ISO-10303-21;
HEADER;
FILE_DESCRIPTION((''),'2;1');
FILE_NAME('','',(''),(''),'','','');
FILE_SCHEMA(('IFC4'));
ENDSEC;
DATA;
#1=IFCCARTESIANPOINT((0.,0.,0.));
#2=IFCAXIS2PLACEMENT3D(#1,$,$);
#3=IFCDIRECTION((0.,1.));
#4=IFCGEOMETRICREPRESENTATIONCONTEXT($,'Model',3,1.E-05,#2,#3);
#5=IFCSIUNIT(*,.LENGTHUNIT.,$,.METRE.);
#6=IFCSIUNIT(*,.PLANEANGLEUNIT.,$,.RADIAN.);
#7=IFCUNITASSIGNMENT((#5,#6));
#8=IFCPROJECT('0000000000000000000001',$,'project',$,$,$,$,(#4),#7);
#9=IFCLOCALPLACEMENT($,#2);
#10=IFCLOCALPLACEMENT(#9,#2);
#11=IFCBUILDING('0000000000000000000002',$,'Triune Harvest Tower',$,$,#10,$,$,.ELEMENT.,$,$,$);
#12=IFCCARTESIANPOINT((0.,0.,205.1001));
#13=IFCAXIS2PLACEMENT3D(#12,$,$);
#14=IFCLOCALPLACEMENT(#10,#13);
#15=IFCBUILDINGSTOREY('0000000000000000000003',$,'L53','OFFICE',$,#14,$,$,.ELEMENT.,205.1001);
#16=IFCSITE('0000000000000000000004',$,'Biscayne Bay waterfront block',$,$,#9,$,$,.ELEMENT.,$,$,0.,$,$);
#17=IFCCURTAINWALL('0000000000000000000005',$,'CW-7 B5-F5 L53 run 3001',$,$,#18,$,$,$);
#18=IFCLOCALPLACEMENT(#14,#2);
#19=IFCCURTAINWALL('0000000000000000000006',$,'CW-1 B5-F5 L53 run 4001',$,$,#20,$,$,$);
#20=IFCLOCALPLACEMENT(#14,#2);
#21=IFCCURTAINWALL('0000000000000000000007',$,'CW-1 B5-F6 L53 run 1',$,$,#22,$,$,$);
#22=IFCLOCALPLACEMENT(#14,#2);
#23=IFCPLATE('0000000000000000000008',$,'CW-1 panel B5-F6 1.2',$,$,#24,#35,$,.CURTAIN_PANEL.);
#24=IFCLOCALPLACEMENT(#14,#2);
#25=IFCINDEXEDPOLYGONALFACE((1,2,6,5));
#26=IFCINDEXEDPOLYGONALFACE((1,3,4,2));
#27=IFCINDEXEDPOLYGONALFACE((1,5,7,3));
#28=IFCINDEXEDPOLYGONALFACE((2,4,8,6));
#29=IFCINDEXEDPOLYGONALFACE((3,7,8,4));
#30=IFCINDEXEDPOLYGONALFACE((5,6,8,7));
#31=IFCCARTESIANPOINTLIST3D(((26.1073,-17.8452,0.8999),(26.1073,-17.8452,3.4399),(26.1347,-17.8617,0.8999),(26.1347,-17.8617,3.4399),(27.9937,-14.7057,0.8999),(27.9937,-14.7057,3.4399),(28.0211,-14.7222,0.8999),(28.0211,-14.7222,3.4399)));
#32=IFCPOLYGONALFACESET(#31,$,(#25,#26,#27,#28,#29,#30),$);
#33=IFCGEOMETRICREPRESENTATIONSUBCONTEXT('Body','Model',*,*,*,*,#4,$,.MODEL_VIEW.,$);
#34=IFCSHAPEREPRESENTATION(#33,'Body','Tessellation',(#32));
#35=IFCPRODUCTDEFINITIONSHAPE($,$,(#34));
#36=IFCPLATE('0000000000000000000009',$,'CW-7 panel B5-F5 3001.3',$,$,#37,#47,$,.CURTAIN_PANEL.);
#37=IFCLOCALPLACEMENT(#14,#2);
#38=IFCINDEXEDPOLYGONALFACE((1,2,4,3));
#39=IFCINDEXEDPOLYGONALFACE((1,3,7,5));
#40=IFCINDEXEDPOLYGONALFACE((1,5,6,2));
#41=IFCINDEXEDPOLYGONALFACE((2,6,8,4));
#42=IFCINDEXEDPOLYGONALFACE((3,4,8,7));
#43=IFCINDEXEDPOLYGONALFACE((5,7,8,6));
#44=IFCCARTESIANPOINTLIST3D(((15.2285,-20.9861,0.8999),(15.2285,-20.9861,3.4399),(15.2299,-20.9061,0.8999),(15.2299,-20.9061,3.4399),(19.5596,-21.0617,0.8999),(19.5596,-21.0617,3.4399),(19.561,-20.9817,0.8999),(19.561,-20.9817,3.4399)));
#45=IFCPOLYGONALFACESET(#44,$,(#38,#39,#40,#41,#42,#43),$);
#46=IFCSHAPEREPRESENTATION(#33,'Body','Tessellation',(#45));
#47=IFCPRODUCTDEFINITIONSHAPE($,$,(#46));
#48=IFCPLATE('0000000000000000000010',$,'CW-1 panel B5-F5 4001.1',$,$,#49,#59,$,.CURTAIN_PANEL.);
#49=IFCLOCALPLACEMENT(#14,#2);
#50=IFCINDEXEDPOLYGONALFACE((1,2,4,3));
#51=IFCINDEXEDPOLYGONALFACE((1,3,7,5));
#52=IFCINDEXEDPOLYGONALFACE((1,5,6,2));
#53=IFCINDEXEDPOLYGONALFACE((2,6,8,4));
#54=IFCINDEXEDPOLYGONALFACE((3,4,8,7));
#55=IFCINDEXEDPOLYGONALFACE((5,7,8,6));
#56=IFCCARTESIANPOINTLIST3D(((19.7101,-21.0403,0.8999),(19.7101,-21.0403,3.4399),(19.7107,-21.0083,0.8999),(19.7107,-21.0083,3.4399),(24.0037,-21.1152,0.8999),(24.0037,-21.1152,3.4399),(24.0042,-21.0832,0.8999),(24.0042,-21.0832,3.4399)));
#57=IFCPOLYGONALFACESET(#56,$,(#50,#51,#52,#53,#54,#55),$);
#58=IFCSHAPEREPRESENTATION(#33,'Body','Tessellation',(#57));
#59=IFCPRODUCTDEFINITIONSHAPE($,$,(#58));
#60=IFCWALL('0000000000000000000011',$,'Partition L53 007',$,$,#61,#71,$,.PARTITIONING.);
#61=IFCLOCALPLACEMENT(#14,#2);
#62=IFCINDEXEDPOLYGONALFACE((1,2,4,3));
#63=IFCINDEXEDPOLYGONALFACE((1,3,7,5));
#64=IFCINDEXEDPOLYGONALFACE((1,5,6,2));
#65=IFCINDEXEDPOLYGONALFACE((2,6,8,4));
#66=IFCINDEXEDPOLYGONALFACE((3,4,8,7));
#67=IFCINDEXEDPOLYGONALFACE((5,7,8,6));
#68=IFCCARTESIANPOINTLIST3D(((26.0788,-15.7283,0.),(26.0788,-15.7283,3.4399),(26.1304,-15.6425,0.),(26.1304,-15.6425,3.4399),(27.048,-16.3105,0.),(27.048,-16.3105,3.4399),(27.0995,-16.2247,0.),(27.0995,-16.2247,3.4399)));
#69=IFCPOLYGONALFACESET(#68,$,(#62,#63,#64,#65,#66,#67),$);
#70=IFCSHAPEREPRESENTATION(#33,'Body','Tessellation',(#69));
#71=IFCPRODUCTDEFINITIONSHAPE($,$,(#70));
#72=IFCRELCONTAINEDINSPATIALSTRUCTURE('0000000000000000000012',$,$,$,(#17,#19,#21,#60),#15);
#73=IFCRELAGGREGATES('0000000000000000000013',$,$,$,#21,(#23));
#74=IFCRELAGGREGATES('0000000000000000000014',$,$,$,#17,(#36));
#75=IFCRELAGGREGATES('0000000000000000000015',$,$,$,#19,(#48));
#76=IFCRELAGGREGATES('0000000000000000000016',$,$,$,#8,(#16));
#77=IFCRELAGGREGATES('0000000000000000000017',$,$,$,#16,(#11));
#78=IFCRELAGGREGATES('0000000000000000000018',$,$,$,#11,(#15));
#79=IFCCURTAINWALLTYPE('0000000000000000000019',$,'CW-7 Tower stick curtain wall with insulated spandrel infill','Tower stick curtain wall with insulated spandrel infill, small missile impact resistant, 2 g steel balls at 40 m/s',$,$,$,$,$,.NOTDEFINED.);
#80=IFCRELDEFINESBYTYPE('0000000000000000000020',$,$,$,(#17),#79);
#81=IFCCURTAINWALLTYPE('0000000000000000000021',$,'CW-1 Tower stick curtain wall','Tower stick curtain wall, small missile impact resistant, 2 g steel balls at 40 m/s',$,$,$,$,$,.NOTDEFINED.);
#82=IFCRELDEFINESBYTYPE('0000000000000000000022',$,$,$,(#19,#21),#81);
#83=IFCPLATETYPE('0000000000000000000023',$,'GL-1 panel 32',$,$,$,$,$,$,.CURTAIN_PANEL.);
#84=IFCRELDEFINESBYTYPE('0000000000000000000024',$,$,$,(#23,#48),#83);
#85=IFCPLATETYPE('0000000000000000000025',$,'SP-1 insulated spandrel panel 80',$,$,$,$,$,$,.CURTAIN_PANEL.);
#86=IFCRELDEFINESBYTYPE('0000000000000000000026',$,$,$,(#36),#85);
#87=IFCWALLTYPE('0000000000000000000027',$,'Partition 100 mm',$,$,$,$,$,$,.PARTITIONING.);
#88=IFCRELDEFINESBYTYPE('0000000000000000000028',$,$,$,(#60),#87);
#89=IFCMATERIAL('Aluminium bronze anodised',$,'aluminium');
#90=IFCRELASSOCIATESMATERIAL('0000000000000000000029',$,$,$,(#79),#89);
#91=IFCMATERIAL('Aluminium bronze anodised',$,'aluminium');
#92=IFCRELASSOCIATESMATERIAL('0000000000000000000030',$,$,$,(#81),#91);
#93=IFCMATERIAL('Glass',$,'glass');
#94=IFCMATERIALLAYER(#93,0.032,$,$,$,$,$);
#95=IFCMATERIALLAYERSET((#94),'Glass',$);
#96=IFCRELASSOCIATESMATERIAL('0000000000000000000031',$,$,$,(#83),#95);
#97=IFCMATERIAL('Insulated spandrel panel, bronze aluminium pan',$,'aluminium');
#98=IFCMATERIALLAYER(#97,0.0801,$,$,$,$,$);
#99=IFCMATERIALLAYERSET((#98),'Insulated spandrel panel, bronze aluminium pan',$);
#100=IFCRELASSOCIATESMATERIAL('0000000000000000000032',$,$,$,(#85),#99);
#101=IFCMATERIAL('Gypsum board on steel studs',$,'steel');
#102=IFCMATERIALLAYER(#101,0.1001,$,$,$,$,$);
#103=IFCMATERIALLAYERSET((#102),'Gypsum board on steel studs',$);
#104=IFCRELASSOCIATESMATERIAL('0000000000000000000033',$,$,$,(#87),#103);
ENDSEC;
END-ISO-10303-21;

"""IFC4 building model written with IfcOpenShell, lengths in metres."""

from ifc_helpers import new_model, si_unit, direction, frame, frame_2d, origin, origin_2d, place, context, subcontext, project, spatial, rectangle, extrude, source, transform, mapped, material, layer, layer_set, type_object, element, aggregate, save


model = new_model("IFC4")

# Units and contexts
model_context = context("Model", 3, precision=1e-05, world=origin(), true_north=direction((0.0, 1.0)))
body_context = subcontext(model_context, "Body", "Model", "MODEL_VIEW")
ifc_project = project(units=[si_unit("LENGTHUNIT", "METRE"), si_unit("PLANEANGLEUNIT", "RADIAN")], contexts=[model_context])

# Site, building, storey
site_placement = place(None, origin())
site = spatial("IfcSite", under=ifc_project, at=site_placement, Name="Biscayne Bay waterfront block", CompositionType="ELEMENT", RefElevation=0.0)
building_placement = place(site_placement, origin())
building = spatial("IfcBuilding", under=site, at=building_placement, Name="Triune Harvest Tower", CompositionType="ELEMENT")
storey_placement = place(building_placement, frame((0.0, 0.0, 205.1001)))
storey = spatial("IfcBuildingStorey", under=building, at=storey_placement, Name="L53", Description="OFFICE", CompositionType="ELEMENT", Elevation=205.1001)

# Curtain wall
ifc_material_1 = material(Name="Aluminium bronze anodised", Category="aluminium")
curtain_wall_type_1 = type_object("IfcCurtainWallType", Name="CW-7 Tower stick curtain wall with insulated spandrel infill", Description="Tower stick curtain wall with insulated spandrel infill, small missile impact resistant, 2 g steel balls at 40 m/s", PredefinedType="NOTDEFINED", material=ifc_material_1)
curtain_wall_1_placement = place(storey_placement, origin())
curtain_wall_1 = element("IfcCurtainWall", 1, at=curtain_wall_1_placement, inside=storey, type_object=curtain_wall_type_1, Name="CW-7 B5-F5 L53 run 3001")

# Curtain walls
ifc_material_2 = material(Name="Aluminium bronze anodised", Category="aluminium")
curtain_wall_type_2 = type_object("IfcCurtainWallType", Name="CW-1 Tower stick curtain wall", Description="Tower stick curtain wall, small missile impact resistant, 2 g steel balls at 40 m/s", PredefinedType="NOTDEFINED", material=ifc_material_2)
curtain_wall_2_placement = place(storey_placement, origin())
curtain_wall_2 = element("IfcCurtainWall", 2, at=curtain_wall_2_placement, inside=storey, type_object=curtain_wall_type_2, Name="CW-1 B5-F5 L53 run 4001")
curtain_wall_3_placement = place(storey_placement, origin())
curtain_wall_3 = element("IfcCurtainWall", 3, at=curtain_wall_3_placement, inside=storey, type_object=curtain_wall_type_2, Name="CW-1 B5-F6 L53 run 1")

# Plates
ifc_material_3 = material(Name="Glass", Category="glass")
ifc_layer_1 = layer(ifc_material_3, 0.032)
ifc_layer_set_1 = layer_set([ifc_layer_1], Name="Glass")
plate_type_1 = type_object("IfcPlateType", Name="GL-1 panel 32", PredefinedType="CURTAIN_PANEL", material=ifc_layer_set_1)
shared_shape_1 = source(origin(), body_context, "Body", "SweptSolid", [
    extrude(rectangle(XDim=3.6626, YDim=0.032, at=origin_2d()), origin(), (0.0, 0.0, 1.0), 2.54),
])
plate_1_placement = place(storey_placement, frame((27.0642, -16.2837, 0.8999), z_axis=(0.0, 0.0, 1.0), x_axis=(0.515037, 0.857168, 0.0)))
plate_1 = element("IfcPlate", 4, at=plate_1_placement, type_object=plate_type_1, Name="CW-1 panel B5-F6 1.2", PredefinedType="CURTAIN_PANEL", context=body_context, shape_type="MappedRepresentation", body=[
    mapped(shared_shape_1, transform((0.0, 0.0, 0.0), scale=1.0)),
])
aggregate(curtain_wall_3, [plate_1])
ifc_material_4 = material(Name="Insulated spandrel panel, bronze aluminium pan", Category="aluminium")
ifc_layer_2 = layer(ifc_material_4, 0.0801)
ifc_layer_set_2 = layer_set([ifc_layer_2], Name="Insulated spandrel panel, bronze aluminium pan")
plate_type_2 = type_object("IfcPlateType", Name="SP-1 insulated spandrel panel 80", PredefinedType="CURTAIN_PANEL", material=ifc_layer_set_2)
shared_shape_2 = source(origin(), body_context, "Body", "SweptSolid", [
    extrude(rectangle(XDim=4.3318, YDim=0.0801, at=origin_2d()), origin(), (0.0, 0.0, 1.0), 2.54),
])
plate_2_placement = place(storey_placement, frame((17.3948, -20.9839, 0.8999), z_axis=(0.0, 0.0, 1.0), x_axis=(0.999848, -0.017453, 0.0)))
plate_2 = element("IfcPlate", 5, at=plate_2_placement, type_object=plate_type_2, Name="CW-7 panel B5-F5 3001.3", PredefinedType="CURTAIN_PANEL", context=body_context, shape_type="MappedRepresentation", body=[
    mapped(shared_shape_2, transform((0.0, 0.0, 0.0), scale=1.0)),
])
aggregate(curtain_wall_1, [plate_2])
shared_shape_3 = source(origin(), body_context, "Body", "SweptSolid", [
    extrude(rectangle(XDim=4.2942, YDim=0.032, at=origin_2d()), origin(), (0.0, 0.0, 1.0), 2.54),
])
plate_3_placement = place(storey_placement, frame((21.8572, -21.0618, 0.8999), z_axis=(0.0, 0.0, 1.0), x_axis=(0.999848, -0.017445, 0.0)))
plate_3 = element("IfcPlate", 6, at=plate_3_placement, type_object=plate_type_1, Name="CW-1 panel B5-F5 4001.1", PredefinedType="CURTAIN_PANEL", context=body_context, shape_type="MappedRepresentation", body=[
    mapped(shared_shape_3, transform((0.0, 0.0, 0.0), scale=1.0)),
])
aggregate(curtain_wall_2, [plate_3])

# Wall
ifc_material_5 = material(Name="Gypsum board on steel studs", Category="steel")
ifc_layer_3 = layer(ifc_material_5, 0.1001)
ifc_layer_set_3 = layer_set([ifc_layer_3], Name="Gypsum board on steel studs")
wall_type = type_object("IfcWallType", Name="Partition 100 mm", PredefinedType="PARTITIONING", material=ifc_layer_set_3)
shared_shape_4 = source(origin(), body_context, "Body", "SweptSolid", [
    extrude(rectangle(XDim=1.1306, YDim=0.1001, at=frame_2d((0.5654, 0.0))), origin(), (0.0, 0.0, 1.0), 3.4399),
])
wall_placement = place(storey_placement, frame((26.1045, -15.6853, 0.0), z_axis=(0.0, 0.0, 1.0), x_axis=(0.857207, -0.514972, 0.0)))
element("IfcWall", 7, at=wall_placement, inside=storey, type_object=wall_type, Name="Partition L53 007", PredefinedType="PARTITIONING", context=body_context, shape_type="MappedRepresentation", body=[
    mapped(shared_shape_4, transform((0.0, 0.0, 0.0), scale=1.0)),
])

save(model, "model.ifc")
